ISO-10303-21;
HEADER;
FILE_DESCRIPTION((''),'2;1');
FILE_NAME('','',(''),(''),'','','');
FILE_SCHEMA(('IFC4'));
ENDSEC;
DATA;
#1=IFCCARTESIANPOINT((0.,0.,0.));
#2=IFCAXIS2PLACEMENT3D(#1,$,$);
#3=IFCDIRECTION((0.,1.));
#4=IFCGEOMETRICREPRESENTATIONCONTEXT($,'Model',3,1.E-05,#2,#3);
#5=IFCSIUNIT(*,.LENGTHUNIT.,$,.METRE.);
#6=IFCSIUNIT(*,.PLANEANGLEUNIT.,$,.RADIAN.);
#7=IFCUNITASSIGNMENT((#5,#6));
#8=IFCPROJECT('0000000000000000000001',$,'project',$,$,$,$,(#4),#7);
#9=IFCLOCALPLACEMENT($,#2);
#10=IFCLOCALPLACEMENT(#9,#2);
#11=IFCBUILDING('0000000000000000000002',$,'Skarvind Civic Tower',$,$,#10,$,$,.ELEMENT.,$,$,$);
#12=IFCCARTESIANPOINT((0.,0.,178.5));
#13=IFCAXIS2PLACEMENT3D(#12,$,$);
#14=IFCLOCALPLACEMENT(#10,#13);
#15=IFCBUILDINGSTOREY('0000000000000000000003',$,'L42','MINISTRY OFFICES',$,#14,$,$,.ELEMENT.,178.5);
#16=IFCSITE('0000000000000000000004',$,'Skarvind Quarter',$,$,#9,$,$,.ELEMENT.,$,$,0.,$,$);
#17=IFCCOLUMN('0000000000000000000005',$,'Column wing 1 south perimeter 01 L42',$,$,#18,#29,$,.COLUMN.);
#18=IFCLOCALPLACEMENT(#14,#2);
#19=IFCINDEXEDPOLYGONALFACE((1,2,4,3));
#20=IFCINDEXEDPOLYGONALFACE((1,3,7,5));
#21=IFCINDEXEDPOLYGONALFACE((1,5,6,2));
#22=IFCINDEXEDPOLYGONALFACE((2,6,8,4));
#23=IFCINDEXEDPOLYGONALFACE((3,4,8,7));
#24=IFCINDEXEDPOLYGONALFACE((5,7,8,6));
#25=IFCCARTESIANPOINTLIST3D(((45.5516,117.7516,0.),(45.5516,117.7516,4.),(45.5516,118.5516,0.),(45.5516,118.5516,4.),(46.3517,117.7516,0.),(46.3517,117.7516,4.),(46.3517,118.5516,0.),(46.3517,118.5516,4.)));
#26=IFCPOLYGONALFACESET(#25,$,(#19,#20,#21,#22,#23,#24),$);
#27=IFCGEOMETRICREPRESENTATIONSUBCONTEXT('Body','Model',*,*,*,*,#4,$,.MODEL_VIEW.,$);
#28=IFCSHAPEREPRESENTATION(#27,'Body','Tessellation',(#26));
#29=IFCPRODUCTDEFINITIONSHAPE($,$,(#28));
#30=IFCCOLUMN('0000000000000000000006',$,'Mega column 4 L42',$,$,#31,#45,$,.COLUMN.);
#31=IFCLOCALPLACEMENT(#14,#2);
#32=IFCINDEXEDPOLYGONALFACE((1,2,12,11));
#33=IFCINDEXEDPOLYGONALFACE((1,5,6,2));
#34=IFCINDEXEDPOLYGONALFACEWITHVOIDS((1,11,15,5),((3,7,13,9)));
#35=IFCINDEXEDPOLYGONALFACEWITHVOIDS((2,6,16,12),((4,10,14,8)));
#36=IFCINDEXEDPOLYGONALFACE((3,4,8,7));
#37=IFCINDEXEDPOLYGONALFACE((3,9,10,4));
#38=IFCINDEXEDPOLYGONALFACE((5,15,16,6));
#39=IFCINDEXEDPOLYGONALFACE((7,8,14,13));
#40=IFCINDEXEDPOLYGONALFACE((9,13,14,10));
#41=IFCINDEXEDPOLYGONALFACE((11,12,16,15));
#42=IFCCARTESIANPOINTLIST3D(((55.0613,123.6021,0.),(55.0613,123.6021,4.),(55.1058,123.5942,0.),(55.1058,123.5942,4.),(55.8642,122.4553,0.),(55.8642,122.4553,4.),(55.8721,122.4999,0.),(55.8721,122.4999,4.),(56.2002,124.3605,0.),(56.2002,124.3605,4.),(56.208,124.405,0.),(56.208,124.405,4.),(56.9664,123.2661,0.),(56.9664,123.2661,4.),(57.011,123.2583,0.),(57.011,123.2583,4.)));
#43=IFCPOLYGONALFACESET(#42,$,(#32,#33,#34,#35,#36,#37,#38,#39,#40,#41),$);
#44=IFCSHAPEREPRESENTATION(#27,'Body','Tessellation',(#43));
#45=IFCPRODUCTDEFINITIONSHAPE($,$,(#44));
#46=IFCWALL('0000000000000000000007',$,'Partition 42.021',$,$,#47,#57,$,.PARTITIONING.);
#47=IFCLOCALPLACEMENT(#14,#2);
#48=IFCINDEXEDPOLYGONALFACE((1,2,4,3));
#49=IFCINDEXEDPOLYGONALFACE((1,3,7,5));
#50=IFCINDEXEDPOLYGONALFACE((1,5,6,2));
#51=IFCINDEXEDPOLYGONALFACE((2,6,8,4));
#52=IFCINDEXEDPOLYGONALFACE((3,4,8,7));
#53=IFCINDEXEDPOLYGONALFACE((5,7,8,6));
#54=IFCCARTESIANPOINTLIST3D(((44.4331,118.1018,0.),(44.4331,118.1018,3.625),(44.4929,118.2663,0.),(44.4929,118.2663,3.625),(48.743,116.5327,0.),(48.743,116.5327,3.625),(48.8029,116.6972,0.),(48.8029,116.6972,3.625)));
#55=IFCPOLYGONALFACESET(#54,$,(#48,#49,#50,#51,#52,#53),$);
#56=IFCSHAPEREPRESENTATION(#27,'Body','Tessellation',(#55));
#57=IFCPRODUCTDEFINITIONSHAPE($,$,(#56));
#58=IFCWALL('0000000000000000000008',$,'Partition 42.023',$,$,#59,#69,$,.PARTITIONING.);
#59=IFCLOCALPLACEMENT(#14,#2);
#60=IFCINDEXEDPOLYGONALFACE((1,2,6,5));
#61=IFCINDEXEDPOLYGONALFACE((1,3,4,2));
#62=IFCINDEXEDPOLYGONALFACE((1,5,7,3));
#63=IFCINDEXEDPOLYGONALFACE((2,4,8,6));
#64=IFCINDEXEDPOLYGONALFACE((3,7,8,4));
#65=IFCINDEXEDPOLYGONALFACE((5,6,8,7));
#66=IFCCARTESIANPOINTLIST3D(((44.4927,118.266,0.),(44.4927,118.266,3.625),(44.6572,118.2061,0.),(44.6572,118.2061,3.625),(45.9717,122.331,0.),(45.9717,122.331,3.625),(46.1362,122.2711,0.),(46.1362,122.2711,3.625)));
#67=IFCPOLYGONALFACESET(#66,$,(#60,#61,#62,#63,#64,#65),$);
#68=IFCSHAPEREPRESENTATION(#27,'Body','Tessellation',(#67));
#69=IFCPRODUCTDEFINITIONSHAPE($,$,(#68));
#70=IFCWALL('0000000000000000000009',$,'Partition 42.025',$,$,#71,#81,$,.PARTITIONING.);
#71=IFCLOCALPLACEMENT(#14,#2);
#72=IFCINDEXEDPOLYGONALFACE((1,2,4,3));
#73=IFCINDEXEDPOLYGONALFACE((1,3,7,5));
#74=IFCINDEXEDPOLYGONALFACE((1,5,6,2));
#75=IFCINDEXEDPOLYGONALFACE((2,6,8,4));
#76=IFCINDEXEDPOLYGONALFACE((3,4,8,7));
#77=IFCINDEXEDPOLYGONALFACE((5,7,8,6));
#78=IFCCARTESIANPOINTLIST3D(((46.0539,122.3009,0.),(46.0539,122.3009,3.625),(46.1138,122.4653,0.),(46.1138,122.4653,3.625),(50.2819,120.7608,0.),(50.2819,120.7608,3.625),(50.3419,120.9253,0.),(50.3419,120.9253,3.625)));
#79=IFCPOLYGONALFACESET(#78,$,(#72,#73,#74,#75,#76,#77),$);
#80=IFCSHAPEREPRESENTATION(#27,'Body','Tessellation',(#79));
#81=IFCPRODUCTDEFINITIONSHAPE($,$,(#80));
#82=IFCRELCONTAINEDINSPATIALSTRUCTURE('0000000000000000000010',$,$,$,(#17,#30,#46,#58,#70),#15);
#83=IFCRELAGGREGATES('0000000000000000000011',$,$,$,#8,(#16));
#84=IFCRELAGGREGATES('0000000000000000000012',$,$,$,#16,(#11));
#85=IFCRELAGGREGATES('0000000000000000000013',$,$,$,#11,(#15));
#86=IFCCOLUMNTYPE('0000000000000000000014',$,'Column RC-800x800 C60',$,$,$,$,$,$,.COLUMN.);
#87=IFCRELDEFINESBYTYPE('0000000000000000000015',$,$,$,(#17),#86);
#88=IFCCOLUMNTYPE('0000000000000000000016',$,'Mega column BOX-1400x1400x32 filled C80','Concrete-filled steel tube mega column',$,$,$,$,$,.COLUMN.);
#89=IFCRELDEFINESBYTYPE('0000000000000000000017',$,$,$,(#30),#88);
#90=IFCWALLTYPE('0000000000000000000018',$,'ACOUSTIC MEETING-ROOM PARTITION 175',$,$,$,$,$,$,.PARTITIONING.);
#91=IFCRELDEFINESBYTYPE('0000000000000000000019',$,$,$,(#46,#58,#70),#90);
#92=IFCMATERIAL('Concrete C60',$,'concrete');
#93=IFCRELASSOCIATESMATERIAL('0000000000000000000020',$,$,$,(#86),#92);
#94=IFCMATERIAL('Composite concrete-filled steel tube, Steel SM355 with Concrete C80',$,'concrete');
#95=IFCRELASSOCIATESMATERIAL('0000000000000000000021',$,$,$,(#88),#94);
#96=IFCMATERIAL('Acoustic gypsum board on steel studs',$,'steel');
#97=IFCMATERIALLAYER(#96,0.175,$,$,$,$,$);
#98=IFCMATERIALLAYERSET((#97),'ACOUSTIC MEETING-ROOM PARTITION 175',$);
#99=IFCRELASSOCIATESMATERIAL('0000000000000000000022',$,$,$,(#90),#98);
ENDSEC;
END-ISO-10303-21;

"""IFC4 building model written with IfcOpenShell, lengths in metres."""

from ifc_helpers import new_model, si_unit, direction, frame, frame_2d, origin, origin_2d, place, context, subcontext, project, spatial, rectangle, hollow_rectangle, extrude, material, layer, layer_set, material_profile, profile_set, type_object, element, save


model = new_model("IFC4")

# Units and contexts
model_context = context("Model", 3, precision=1e-05, world=origin(), true_north=direction((0.0, 1.0)))
body_context = subcontext(model_context, "Body", "Model", "MODEL_VIEW")
ifc_project = project(units=[si_unit("LENGTHUNIT", "METRE"), si_unit("PLANEANGLEUNIT", "RADIAN")], contexts=[model_context])

# Site, building, storey
site_placement = place(None, origin())
site = spatial("IfcSite", under=ifc_project, at=site_placement, Name="Skarvind Quarter", CompositionType="ELEMENT", RefElevation=0.0)
building_placement = place(site_placement, origin())
building = spatial("IfcBuilding", under=site, at=building_placement, Name="Skarvind Civic Tower", CompositionType="ELEMENT")
storey_placement = place(building_placement, frame((0.0, 0.0, 178.5)))
storey = spatial("IfcBuildingStorey", under=building, at=storey_placement, Name="L42", Description="MINISTRY OFFICES", CompositionType="ELEMENT", Elevation=178.5)

# Columns
ifc_material_1 = material(Name="Concrete C60", Category="concrete")
ifc_material_profile_1 = material_profile(ifc_material_1, rectangle(XDim=0.8, YDim=0.8, at=origin_2d()), Name="RC-800x800")
ifc_profile_set_1 = profile_set([ifc_material_profile_1], Name="Concrete C60")
column_type_1 = type_object("IfcColumnType", Name="Column RC-800x800 C60", PredefinedType="COLUMN", material=ifc_profile_set_1)
column_1_placement = place(storey_placement, frame((45.9517, 118.1516, 0.0), z_axis=(0.0, 0.0, 1.0), x_axis=(1.0, 0.0, 0.0)))
element("IfcColumn", 1, at=column_1_placement, inside=storey, type_object=column_type_1, Name="Column wing 1 south perimeter 01 L42", PredefinedType="COLUMN", context=body_context, shape_type="SweptSolid", body=[
    extrude(rectangle(XDim=0.8, YDim=0.8, at=origin_2d()), origin(), (0.0, 0.0, 1.0), 4.0),
])
ifc_material_2 = material(Name="Composite concrete-filled steel tube, Steel SM355 with Concrete C80", Category="concrete")
ifc_material_profile_2 = material_profile(ifc_material_2, hollow_rectangle(XDim=1.3999, YDim=1.3999, WallThickness=0.032, at=origin_2d()), Name="BOX-1400x1400x32")
ifc_profile_set_2 = profile_set([ifc_material_profile_2], Name="Composite concrete-filled steel tube, Steel SM355 with Concrete C80")
column_type_2 = type_object("IfcColumnType", Name="Mega column BOX-1400x1400x32 filled C80", Description="Concrete-filled steel tube mega column", PredefinedType="COLUMN", material=ifc_profile_set_2)
column_2_placement = place(storey_placement, frame((56.0361, 123.4302, 0.0), z_axis=(0.0, 0.0, 1.0), x_axis=(0.573576, -0.819152, 0.0)))
element("IfcColumn", 2, at=column_2_placement, inside=storey, type_object=column_type_2, Name="Mega column 4 L42", PredefinedType="COLUMN", context=body_context, shape_type="SweptSolid", body=[
    extrude(hollow_rectangle(XDim=1.3999, YDim=1.3999, WallThickness=0.032, at=origin_2d()), origin(), (0.0, 0.0, 1.0), 4.0),
])

# Walls
ifc_material_3 = material(Name="Acoustic gypsum board on steel studs", Category="steel")
ifc_layer_1 = layer(ifc_material_3, 0.175)
ifc_layer_set_1 = layer_set([ifc_layer_1], Name="ACOUSTIC MEETING-ROOM PARTITION 175")
wall_type_1 = type_object("IfcWallType", Name="ACOUSTIC MEETING-ROOM PARTITION 175", PredefinedType="PARTITIONING", material=ifc_layer_set_1)
wall_1_placement = place(storey_placement, frame((44.4629, 118.1841, 0.0), z_axis=(0.0, 0.0, 1.0), x_axis=(0.939667, -0.342089, 0.0)))
element("IfcWall", 3, at=wall_1_placement, inside=storey, type_object=wall_type_1, Name="Partition 42.021", PredefinedType="PARTITIONING", context=body_context, shape_type="SweptSolid", body=[
    extrude(rectangle(XDim=4.5867, YDim=0.175, at=frame_2d((2.2935, 0.0))), origin(), (0.0, 0.0, 1.0), 3.625),
])
wall_2_placement = place(storey_placement, frame((46.054, 122.301, 0.0), z_axis=(0.0, 0.0, 1.0), x_axis=(-0.341915, -0.939731, 0.0)))
element("IfcWall", 4, at=wall_2_placement, inside=storey, type_object=wall_type_1, Name="Partition 42.023", PredefinedType="PARTITIONING", context=body_context, shape_type="SweptSolid", body=[
    extrude(rectangle(XDim=4.3257, YDim=0.175, at=frame_2d((2.1628, 0.0))), origin(), (0.0, 0.0, 1.0), 3.625),
])
wall_3_placement = place(storey_placement, frame((50.312, 120.843, 0.0), z_axis=(0.0, 0.0, 1.0), x_axis=(-0.93961, 0.342248, 0.0)))
element("IfcWall", 5, at=wall_3_placement, inside=storey, type_object=wall_type_1, Name="Partition 42.025", PredefinedType="PARTITIONING", context=body_context, shape_type="SweptSolid", body=[
    extrude(rectangle(XDim=4.4998, YDim=0.175, at=frame_2d((2.25, 0.0))), origin(), (0.0, 0.0, 1.0), 3.625),
])

save(model, "model.ifc")
